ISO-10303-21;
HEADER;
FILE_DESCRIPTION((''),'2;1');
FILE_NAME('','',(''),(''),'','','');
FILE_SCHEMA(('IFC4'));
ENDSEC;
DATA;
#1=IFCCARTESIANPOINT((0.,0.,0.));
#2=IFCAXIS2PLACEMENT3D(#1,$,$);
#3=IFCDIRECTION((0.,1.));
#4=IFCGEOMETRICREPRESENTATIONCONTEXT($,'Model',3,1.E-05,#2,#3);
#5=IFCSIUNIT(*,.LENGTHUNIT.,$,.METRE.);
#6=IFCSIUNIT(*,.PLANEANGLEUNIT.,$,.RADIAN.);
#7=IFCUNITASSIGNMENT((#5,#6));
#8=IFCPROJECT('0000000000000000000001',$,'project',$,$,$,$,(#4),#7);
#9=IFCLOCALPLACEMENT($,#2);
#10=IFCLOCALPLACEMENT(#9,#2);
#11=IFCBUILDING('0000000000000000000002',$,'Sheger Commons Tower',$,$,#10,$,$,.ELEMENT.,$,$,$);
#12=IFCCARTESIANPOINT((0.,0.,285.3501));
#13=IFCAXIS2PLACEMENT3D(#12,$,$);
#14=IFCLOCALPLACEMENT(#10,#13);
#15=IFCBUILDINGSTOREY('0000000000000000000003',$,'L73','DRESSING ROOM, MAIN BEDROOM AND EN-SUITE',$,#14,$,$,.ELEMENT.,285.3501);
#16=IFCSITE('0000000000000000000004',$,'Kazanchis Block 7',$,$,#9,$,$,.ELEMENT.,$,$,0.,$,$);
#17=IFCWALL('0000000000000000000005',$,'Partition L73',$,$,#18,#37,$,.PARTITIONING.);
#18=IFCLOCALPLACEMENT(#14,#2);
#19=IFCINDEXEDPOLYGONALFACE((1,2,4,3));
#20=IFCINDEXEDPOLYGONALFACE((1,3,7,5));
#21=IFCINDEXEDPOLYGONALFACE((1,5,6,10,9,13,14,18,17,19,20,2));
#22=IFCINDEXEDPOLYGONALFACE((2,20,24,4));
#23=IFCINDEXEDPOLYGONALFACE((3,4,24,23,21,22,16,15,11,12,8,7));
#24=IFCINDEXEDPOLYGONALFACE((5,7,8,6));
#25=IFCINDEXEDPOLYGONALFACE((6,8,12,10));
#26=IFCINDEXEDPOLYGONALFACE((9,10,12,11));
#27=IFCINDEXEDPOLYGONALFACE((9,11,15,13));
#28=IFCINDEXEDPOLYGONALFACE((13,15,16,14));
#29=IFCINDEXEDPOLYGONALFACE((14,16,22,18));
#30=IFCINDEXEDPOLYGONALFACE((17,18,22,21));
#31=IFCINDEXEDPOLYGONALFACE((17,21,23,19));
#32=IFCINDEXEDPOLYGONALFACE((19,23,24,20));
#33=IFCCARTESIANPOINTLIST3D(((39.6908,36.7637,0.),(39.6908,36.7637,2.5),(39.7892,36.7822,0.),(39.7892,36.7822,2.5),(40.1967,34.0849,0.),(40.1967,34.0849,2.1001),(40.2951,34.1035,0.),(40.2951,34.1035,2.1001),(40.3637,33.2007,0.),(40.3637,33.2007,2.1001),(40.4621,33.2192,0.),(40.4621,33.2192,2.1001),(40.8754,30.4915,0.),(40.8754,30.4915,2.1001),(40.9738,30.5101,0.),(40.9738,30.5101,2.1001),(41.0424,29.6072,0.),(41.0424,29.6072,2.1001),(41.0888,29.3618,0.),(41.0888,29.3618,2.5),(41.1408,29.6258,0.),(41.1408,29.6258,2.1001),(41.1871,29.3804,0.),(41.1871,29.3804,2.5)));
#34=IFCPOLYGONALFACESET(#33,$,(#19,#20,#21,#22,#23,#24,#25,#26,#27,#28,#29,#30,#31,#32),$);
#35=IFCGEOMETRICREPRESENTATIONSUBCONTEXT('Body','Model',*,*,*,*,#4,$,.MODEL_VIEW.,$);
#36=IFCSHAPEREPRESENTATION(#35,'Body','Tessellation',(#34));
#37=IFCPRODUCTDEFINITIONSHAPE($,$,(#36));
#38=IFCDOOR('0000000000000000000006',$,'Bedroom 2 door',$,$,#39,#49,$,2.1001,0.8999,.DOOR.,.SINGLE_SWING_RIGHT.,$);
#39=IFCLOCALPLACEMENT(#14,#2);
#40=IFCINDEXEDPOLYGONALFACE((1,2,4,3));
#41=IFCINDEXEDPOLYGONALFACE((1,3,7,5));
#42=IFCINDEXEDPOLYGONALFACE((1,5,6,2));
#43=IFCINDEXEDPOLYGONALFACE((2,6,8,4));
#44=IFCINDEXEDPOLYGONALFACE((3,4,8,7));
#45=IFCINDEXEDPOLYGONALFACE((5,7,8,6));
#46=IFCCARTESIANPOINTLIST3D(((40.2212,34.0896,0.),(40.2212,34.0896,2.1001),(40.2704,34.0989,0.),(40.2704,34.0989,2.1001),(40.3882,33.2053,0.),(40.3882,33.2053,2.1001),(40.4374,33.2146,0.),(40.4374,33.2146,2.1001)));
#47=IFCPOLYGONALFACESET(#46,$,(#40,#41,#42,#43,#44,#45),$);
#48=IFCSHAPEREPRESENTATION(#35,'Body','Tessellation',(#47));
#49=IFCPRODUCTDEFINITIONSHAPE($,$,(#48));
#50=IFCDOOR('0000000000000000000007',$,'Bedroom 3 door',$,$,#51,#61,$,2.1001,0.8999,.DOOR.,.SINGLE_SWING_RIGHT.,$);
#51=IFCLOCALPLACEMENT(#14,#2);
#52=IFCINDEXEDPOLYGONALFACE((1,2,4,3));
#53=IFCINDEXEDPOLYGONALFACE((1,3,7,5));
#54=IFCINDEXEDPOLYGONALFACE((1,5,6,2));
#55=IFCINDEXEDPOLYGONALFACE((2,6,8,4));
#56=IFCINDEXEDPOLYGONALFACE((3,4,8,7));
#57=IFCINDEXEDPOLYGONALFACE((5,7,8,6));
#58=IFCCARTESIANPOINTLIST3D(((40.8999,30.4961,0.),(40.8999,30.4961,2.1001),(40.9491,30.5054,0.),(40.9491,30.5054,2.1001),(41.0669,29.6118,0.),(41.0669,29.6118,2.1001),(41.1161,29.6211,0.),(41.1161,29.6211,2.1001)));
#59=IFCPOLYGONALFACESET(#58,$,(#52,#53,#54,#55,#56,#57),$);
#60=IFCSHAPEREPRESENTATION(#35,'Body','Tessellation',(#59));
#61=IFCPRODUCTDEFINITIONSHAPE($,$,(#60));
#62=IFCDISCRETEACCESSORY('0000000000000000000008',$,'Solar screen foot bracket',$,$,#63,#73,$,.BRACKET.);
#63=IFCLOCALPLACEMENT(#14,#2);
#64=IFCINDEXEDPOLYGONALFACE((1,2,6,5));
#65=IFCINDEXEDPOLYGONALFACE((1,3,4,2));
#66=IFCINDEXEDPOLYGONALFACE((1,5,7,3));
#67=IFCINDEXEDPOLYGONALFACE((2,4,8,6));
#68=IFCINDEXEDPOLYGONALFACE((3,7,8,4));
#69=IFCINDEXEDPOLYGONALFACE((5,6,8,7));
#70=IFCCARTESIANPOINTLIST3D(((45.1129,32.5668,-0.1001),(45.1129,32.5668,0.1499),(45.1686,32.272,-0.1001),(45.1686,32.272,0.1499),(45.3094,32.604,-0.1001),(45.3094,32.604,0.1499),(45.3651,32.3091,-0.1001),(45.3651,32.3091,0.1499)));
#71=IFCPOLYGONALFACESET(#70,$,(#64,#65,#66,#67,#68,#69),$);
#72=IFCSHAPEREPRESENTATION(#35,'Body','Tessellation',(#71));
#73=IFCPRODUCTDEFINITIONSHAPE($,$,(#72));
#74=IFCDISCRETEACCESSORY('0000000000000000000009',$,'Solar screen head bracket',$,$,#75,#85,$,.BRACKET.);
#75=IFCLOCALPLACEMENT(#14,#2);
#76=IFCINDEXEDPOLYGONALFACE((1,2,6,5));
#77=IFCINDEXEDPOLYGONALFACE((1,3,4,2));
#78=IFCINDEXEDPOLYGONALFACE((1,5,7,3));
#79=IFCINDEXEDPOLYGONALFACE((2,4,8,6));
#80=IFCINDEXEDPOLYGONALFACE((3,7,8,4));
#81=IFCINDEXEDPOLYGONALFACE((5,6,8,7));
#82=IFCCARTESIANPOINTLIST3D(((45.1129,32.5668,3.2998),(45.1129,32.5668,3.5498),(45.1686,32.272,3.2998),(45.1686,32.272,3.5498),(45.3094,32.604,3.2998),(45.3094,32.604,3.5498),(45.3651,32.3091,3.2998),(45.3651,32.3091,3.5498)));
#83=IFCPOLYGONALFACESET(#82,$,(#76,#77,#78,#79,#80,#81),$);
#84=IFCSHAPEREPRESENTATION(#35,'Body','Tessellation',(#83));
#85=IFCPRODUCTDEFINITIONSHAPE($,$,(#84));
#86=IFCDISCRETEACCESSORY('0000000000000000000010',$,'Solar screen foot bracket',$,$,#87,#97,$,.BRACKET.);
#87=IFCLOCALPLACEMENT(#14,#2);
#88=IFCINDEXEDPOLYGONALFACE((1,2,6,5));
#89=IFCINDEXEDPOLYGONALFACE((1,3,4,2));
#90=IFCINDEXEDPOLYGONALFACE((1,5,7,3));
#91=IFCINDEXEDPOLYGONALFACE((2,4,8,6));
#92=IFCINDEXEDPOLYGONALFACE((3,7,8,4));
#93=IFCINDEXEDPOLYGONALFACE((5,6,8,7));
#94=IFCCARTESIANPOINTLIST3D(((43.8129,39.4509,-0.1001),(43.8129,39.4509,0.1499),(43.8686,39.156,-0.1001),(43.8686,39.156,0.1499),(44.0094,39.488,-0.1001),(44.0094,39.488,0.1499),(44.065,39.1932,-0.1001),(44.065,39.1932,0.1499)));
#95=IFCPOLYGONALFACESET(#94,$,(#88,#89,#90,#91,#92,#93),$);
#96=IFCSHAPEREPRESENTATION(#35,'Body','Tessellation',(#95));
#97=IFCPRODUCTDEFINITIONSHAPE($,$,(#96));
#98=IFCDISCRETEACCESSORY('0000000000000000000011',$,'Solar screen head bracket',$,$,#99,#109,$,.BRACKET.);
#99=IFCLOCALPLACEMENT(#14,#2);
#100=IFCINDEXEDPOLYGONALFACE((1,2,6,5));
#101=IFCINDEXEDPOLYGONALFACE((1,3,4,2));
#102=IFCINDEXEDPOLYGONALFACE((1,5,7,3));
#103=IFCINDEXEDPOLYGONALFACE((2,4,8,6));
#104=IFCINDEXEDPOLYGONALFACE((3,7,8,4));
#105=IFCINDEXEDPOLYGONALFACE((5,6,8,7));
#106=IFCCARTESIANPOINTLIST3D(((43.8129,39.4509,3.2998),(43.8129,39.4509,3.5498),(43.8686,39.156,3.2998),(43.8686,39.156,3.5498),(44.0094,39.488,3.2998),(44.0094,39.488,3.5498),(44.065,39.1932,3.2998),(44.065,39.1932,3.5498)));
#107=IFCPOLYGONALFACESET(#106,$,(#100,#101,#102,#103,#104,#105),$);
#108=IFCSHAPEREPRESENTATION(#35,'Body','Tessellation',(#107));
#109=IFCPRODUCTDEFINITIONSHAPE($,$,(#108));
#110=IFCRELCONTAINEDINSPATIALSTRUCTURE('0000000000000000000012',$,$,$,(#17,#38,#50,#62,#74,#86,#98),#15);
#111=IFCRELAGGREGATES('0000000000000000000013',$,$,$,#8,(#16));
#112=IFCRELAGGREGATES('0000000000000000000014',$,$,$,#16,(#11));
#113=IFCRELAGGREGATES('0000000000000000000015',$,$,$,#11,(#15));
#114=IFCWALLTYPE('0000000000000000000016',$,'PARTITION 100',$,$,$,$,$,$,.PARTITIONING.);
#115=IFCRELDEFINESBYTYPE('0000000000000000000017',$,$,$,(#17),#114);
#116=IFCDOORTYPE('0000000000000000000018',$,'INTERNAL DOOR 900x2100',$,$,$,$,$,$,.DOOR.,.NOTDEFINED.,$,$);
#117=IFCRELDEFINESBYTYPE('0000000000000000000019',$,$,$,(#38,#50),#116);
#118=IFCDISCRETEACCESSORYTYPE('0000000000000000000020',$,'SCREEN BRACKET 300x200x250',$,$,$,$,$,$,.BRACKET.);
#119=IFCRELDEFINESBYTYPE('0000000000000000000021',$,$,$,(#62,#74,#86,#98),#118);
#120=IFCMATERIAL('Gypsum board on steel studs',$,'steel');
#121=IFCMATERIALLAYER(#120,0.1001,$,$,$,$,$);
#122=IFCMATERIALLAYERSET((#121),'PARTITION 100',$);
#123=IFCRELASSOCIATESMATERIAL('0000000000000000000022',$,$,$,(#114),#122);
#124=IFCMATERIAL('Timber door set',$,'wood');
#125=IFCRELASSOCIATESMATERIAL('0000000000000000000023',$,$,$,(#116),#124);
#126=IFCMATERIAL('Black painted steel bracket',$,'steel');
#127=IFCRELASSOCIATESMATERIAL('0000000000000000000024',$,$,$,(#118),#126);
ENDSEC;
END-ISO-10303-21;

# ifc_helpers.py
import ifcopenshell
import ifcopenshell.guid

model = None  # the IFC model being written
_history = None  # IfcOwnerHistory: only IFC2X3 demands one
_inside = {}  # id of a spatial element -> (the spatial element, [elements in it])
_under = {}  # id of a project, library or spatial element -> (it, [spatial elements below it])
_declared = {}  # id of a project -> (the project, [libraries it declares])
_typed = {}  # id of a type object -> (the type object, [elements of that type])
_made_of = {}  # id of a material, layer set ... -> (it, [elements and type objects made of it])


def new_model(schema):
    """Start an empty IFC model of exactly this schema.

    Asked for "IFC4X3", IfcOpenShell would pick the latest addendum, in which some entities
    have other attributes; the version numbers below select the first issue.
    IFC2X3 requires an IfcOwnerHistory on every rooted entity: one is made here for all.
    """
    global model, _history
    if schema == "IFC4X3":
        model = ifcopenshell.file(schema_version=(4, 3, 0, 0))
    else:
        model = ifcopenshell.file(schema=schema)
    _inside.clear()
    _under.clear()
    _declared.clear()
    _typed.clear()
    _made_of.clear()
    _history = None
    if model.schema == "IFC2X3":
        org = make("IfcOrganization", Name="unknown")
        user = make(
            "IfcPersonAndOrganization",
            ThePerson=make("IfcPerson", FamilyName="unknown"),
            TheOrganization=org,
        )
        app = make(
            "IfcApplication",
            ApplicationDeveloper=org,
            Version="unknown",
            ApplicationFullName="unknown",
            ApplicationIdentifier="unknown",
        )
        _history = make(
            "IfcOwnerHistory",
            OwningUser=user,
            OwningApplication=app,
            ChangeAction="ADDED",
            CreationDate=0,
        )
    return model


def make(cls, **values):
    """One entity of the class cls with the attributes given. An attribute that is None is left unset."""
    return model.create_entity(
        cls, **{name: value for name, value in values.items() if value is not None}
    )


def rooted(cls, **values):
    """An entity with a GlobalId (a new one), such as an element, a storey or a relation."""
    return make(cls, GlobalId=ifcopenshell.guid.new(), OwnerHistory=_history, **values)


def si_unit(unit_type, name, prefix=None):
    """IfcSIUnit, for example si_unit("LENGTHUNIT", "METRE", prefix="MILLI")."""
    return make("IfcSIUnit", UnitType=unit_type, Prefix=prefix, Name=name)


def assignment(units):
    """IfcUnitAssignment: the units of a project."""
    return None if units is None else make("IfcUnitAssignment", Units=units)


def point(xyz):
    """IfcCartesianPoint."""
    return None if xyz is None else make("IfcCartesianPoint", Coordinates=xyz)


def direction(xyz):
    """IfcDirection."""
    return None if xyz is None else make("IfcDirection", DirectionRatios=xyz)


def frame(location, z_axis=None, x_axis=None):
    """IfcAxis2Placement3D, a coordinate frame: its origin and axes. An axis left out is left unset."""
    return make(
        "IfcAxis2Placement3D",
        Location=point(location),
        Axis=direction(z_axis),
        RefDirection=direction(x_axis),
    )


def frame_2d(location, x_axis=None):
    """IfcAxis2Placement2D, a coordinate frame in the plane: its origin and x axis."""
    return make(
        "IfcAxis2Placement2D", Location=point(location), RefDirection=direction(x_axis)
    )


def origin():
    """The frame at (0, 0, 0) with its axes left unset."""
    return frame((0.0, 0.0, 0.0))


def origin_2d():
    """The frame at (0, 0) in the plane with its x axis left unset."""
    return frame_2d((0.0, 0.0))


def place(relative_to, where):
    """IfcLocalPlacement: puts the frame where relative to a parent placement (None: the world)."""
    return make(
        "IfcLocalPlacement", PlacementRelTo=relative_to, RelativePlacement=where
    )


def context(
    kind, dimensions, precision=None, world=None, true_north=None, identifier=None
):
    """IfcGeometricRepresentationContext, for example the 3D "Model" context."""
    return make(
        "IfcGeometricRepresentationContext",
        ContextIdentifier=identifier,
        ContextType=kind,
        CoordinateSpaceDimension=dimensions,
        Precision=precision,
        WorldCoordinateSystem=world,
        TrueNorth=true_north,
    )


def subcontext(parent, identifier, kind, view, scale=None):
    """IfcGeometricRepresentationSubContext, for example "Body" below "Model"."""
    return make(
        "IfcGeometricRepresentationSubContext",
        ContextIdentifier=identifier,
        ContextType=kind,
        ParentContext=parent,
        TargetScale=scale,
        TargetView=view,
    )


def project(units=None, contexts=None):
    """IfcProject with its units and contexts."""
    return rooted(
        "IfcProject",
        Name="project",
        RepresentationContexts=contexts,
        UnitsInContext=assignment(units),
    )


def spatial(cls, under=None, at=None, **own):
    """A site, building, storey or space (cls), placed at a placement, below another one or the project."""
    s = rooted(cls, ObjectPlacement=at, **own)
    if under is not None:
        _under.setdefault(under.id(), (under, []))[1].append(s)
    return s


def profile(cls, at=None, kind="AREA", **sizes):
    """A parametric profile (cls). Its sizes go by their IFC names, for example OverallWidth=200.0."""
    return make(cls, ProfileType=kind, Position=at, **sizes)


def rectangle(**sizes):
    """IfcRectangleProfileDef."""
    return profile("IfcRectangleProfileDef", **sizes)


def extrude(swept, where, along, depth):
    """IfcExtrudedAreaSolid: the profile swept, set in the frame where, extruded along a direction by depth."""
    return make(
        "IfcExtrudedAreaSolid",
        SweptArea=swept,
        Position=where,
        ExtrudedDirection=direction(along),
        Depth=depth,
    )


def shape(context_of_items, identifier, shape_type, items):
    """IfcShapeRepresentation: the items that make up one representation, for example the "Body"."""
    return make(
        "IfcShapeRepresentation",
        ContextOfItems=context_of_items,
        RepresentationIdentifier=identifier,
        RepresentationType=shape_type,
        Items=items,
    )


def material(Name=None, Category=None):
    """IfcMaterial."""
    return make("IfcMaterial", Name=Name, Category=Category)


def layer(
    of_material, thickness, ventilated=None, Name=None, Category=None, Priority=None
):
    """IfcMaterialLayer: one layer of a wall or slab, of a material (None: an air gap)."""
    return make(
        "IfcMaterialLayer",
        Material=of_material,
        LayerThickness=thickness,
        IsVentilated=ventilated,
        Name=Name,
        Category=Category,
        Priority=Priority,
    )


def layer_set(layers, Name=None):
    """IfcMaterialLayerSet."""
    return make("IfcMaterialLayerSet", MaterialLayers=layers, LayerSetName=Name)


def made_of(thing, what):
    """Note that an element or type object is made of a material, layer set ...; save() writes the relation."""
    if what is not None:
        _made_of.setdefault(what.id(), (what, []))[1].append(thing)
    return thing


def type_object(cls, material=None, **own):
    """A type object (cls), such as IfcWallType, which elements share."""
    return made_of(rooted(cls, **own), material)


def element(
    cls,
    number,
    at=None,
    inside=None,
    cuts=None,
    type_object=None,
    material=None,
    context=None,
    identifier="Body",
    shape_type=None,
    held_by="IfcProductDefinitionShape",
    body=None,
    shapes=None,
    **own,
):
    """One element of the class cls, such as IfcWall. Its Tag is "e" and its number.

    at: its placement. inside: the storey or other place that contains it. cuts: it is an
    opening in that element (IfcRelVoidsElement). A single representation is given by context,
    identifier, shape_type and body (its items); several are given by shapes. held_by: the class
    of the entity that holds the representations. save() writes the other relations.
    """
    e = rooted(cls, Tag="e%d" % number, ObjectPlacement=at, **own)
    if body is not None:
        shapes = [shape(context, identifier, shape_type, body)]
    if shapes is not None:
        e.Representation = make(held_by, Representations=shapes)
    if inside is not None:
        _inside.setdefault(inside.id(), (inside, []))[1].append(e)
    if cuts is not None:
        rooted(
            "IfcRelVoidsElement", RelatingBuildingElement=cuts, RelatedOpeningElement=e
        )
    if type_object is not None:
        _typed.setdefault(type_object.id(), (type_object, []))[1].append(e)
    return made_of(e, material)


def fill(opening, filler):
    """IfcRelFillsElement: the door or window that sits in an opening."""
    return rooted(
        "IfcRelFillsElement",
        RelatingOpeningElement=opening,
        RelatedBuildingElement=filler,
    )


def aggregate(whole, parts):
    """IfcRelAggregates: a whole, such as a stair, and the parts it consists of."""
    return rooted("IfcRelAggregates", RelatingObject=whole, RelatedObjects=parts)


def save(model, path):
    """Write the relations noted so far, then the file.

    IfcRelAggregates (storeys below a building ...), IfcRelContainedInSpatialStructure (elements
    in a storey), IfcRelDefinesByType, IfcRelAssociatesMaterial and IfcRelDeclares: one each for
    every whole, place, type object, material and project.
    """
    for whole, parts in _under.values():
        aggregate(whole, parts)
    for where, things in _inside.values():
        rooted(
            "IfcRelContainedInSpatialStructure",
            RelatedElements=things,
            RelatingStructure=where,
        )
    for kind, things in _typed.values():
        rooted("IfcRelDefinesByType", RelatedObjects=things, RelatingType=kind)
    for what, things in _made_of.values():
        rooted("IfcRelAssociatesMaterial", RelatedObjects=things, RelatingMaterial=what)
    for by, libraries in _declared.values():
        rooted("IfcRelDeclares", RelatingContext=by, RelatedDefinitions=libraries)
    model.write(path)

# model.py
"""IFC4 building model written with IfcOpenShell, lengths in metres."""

from ifc_helpers import new_model, si_unit, direction, frame, frame_2d, origin, origin_2d, place, context, subcontext, project, spatial, rectangle, extrude, material, layer, layer_set, type_object, element, fill, save


model = new_model("IFC4")

# Units and contexts
model_context = context("Model", 3, precision=1e-05, world=origin(), true_north=direction((0.0, 1.0)))
body_context = subcontext(model_context, "Body", "Model", "MODEL_VIEW")
ifc_project = project(units=[si_unit("LENGTHUNIT", "METRE"), si_unit("PLANEANGLEUNIT", "RADIAN")], contexts=[model_context])

# Site, building, storey
site_placement = place(None, origin())
site = spatial("IfcSite", under=ifc_project, at=site_placement, Name="Kazanchis Block 7", CompositionType="ELEMENT", RefElevation=0.0)
building_placement = place(site_placement, origin())
building = spatial("IfcBuilding", under=site, at=building_placement, Name="Sheger Commons Tower", CompositionType="ELEMENT")
storey_placement = place(building_placement, frame((0.0, 0.0, 285.3501)))
storey = spatial("IfcBuildingStorey", under=building, at=storey_placement, Name="L73", Description="DRESSING ROOM, MAIN BEDROOM AND EN-SUITE", CompositionType="ELEMENT", Elevation=285.3501)

# Shared definitions
ifc_material_1 = material(Name="Gypsum board on steel studs", Category="steel")
ifc_layer_1 = layer(ifc_material_1, 0.1001)
ifc_layer_set_1 = layer_set([ifc_layer_1], Name="PARTITION 100")
wall_type_1 = type_object("IfcWallType", Name="PARTITION 100", PredefinedType="PARTITIONING", material=ifc_layer_set_1)

# Shared definitions
ifc_material_2 = material(Name="Timber door set", Category="wood")
door_type = type_object("IfcDoorType", Name="INTERNAL DOOR 900x2100", OperationType="NOTDEFINED", PredefinedType="DOOR", material=ifc_material_2)

# Wall, openings, doors
wall_1_placement = place(storey_placement, frame((39.74, 36.7729, 0.0), z_axis=(0.0, 0.0, 1.0), x_axis=(0.185584, -0.982628, 0.0)))
wall_1 = element("IfcWall", 1, at=wall_1_placement, inside=storey, type_object=wall_type_1, Name="Partition L73", PredefinedType="PARTITIONING", context=body_context, shape_type="SweptSolid", body=[
    extrude(rectangle(XDim=7.5327, YDim=0.1001, at=frame_2d((3.7664, 0.0))), origin(), (0.0, 0.0, 1.0), 2.5),
])
opening_1_placement = place(wall_1_placement, frame((2.7261, 0.0, 0.0)))
opening_1 = element("IfcOpeningElement", 2, at=opening_1_placement, cuts=wall_1, PredefinedType="OPENING", context=body_context, shape_type="SweptSolid", body=[
    extrude(rectangle(XDim=0.8999, YDim=2.1001, at=frame_2d((0.45, 1.05))), frame((0.0, 0.0601, 0.0), z_axis=(0.0, -1.0, 0.0), x_axis=(1.0, 0.0, 0.0)), (0.0, 0.0, 1.0), 0.1201),
])
opening_2_placement = place(wall_1_placement, frame((6.3831, 0.0, 0.0)))
opening_2 = element("IfcOpeningElement", 3, at=opening_2_placement, cuts=wall_1, PredefinedType="OPENING", context=body_context, shape_type="SweptSolid", body=[
    extrude(rectangle(XDim=0.8999, YDim=2.1001, at=frame_2d((0.45, 1.05))), frame((0.0, 0.0601, 0.0), z_axis=(0.0, -1.0, 0.0), x_axis=(1.0, 0.0, 0.0)), (0.0, 0.0, 1.0), 0.1201),
])
door_1_placement = place(opening_1_placement, origin())
door_1 = element("IfcDoor", 4, at=door_1_placement, inside=storey, type_object=door_type, Name="Bedroom 2 door", OperationType="SINGLE_SWING_RIGHT", OverallHeight=2.1001, OverallWidth=0.8999, PredefinedType="DOOR", context=body_context, shape_type="SweptSolid", body=[
    extrude(rectangle(XDim=0.8999, YDim=2.1001, at=frame_2d((0.45, 1.05))), frame((0.0, 0.0249, 0.0), z_axis=(0.0, -1.0, 0.0), x_axis=(1.0, 0.0, 0.0)), (0.0, 0.0, 1.0), 0.05),
])
fill(opening_1, door_1)
door_2_placement = place(opening_2_placement, origin())
door_2 = element("IfcDoor", 5, at=door_2_placement, inside=storey, type_object=door_type, Name="Bedroom 3 door", OperationType="SINGLE_SWING_RIGHT", OverallHeight=2.1001, OverallWidth=0.8999, PredefinedType="DOOR", context=body_context, shape_type="SweptSolid", body=[
    extrude(rectangle(XDim=0.8999, YDim=2.1001, at=frame_2d((0.45, 1.05))), frame((0.0, 0.0249, 0.0), z_axis=(0.0, -1.0, 0.0), x_axis=(1.0, 0.0, 0.0)), (0.0, 0.0, 1.0), 0.05),
])
fill(opening_2, door_2)

# Discrete accessories
ifc_material_3 = material(Name="Black painted steel bracket", Category="steel")
discrete_accessory_type = type_object("IfcDiscreteAccessoryType", Name="SCREEN BRACKET 300x200x250", PredefinedType="BRACKET", material=ifc_material_3)
for number, where, z_axis, x_axis, name in (
    (6, (45.239, 32.438, -0.1001), (0.0, 0.0, 1.0), (-0.185615, 0.982623, 0.0), "Solar screen foot bracket"),
    (7, (45.239, 32.438, 3.2998), (0.0, 0.0, 1.0), (-0.185615, 0.982623, 0.0), "Solar screen head bracket"),
    (8, (43.939, 39.322, -0.1001), (0.0, 0.0, 1.0), (-0.185615, 0.982623, 0.0), "Solar screen foot bracket"),
    (9, (43.939, 39.322, 3.2998), (0.0, 0.0, 1.0), (-0.185615, 0.982623, 0.0), "Solar screen head bracket"),
):
    element("IfcDiscreteAccessory", number, at=place(storey_placement, frame(where, z_axis=z_axis, x_axis=x_axis)), inside=storey, type_object=discrete_accessory_type, Name=name, PredefinedType="BRACKET", context=body_context, shape_type="SweptSolid", body=[
        extrude(rectangle(XDim=0.3, YDim=0.2, at=origin_2d()), origin(), (0.0, 0.0, 1.0), 0.25),
    ])

save(model, "model.ifc")
